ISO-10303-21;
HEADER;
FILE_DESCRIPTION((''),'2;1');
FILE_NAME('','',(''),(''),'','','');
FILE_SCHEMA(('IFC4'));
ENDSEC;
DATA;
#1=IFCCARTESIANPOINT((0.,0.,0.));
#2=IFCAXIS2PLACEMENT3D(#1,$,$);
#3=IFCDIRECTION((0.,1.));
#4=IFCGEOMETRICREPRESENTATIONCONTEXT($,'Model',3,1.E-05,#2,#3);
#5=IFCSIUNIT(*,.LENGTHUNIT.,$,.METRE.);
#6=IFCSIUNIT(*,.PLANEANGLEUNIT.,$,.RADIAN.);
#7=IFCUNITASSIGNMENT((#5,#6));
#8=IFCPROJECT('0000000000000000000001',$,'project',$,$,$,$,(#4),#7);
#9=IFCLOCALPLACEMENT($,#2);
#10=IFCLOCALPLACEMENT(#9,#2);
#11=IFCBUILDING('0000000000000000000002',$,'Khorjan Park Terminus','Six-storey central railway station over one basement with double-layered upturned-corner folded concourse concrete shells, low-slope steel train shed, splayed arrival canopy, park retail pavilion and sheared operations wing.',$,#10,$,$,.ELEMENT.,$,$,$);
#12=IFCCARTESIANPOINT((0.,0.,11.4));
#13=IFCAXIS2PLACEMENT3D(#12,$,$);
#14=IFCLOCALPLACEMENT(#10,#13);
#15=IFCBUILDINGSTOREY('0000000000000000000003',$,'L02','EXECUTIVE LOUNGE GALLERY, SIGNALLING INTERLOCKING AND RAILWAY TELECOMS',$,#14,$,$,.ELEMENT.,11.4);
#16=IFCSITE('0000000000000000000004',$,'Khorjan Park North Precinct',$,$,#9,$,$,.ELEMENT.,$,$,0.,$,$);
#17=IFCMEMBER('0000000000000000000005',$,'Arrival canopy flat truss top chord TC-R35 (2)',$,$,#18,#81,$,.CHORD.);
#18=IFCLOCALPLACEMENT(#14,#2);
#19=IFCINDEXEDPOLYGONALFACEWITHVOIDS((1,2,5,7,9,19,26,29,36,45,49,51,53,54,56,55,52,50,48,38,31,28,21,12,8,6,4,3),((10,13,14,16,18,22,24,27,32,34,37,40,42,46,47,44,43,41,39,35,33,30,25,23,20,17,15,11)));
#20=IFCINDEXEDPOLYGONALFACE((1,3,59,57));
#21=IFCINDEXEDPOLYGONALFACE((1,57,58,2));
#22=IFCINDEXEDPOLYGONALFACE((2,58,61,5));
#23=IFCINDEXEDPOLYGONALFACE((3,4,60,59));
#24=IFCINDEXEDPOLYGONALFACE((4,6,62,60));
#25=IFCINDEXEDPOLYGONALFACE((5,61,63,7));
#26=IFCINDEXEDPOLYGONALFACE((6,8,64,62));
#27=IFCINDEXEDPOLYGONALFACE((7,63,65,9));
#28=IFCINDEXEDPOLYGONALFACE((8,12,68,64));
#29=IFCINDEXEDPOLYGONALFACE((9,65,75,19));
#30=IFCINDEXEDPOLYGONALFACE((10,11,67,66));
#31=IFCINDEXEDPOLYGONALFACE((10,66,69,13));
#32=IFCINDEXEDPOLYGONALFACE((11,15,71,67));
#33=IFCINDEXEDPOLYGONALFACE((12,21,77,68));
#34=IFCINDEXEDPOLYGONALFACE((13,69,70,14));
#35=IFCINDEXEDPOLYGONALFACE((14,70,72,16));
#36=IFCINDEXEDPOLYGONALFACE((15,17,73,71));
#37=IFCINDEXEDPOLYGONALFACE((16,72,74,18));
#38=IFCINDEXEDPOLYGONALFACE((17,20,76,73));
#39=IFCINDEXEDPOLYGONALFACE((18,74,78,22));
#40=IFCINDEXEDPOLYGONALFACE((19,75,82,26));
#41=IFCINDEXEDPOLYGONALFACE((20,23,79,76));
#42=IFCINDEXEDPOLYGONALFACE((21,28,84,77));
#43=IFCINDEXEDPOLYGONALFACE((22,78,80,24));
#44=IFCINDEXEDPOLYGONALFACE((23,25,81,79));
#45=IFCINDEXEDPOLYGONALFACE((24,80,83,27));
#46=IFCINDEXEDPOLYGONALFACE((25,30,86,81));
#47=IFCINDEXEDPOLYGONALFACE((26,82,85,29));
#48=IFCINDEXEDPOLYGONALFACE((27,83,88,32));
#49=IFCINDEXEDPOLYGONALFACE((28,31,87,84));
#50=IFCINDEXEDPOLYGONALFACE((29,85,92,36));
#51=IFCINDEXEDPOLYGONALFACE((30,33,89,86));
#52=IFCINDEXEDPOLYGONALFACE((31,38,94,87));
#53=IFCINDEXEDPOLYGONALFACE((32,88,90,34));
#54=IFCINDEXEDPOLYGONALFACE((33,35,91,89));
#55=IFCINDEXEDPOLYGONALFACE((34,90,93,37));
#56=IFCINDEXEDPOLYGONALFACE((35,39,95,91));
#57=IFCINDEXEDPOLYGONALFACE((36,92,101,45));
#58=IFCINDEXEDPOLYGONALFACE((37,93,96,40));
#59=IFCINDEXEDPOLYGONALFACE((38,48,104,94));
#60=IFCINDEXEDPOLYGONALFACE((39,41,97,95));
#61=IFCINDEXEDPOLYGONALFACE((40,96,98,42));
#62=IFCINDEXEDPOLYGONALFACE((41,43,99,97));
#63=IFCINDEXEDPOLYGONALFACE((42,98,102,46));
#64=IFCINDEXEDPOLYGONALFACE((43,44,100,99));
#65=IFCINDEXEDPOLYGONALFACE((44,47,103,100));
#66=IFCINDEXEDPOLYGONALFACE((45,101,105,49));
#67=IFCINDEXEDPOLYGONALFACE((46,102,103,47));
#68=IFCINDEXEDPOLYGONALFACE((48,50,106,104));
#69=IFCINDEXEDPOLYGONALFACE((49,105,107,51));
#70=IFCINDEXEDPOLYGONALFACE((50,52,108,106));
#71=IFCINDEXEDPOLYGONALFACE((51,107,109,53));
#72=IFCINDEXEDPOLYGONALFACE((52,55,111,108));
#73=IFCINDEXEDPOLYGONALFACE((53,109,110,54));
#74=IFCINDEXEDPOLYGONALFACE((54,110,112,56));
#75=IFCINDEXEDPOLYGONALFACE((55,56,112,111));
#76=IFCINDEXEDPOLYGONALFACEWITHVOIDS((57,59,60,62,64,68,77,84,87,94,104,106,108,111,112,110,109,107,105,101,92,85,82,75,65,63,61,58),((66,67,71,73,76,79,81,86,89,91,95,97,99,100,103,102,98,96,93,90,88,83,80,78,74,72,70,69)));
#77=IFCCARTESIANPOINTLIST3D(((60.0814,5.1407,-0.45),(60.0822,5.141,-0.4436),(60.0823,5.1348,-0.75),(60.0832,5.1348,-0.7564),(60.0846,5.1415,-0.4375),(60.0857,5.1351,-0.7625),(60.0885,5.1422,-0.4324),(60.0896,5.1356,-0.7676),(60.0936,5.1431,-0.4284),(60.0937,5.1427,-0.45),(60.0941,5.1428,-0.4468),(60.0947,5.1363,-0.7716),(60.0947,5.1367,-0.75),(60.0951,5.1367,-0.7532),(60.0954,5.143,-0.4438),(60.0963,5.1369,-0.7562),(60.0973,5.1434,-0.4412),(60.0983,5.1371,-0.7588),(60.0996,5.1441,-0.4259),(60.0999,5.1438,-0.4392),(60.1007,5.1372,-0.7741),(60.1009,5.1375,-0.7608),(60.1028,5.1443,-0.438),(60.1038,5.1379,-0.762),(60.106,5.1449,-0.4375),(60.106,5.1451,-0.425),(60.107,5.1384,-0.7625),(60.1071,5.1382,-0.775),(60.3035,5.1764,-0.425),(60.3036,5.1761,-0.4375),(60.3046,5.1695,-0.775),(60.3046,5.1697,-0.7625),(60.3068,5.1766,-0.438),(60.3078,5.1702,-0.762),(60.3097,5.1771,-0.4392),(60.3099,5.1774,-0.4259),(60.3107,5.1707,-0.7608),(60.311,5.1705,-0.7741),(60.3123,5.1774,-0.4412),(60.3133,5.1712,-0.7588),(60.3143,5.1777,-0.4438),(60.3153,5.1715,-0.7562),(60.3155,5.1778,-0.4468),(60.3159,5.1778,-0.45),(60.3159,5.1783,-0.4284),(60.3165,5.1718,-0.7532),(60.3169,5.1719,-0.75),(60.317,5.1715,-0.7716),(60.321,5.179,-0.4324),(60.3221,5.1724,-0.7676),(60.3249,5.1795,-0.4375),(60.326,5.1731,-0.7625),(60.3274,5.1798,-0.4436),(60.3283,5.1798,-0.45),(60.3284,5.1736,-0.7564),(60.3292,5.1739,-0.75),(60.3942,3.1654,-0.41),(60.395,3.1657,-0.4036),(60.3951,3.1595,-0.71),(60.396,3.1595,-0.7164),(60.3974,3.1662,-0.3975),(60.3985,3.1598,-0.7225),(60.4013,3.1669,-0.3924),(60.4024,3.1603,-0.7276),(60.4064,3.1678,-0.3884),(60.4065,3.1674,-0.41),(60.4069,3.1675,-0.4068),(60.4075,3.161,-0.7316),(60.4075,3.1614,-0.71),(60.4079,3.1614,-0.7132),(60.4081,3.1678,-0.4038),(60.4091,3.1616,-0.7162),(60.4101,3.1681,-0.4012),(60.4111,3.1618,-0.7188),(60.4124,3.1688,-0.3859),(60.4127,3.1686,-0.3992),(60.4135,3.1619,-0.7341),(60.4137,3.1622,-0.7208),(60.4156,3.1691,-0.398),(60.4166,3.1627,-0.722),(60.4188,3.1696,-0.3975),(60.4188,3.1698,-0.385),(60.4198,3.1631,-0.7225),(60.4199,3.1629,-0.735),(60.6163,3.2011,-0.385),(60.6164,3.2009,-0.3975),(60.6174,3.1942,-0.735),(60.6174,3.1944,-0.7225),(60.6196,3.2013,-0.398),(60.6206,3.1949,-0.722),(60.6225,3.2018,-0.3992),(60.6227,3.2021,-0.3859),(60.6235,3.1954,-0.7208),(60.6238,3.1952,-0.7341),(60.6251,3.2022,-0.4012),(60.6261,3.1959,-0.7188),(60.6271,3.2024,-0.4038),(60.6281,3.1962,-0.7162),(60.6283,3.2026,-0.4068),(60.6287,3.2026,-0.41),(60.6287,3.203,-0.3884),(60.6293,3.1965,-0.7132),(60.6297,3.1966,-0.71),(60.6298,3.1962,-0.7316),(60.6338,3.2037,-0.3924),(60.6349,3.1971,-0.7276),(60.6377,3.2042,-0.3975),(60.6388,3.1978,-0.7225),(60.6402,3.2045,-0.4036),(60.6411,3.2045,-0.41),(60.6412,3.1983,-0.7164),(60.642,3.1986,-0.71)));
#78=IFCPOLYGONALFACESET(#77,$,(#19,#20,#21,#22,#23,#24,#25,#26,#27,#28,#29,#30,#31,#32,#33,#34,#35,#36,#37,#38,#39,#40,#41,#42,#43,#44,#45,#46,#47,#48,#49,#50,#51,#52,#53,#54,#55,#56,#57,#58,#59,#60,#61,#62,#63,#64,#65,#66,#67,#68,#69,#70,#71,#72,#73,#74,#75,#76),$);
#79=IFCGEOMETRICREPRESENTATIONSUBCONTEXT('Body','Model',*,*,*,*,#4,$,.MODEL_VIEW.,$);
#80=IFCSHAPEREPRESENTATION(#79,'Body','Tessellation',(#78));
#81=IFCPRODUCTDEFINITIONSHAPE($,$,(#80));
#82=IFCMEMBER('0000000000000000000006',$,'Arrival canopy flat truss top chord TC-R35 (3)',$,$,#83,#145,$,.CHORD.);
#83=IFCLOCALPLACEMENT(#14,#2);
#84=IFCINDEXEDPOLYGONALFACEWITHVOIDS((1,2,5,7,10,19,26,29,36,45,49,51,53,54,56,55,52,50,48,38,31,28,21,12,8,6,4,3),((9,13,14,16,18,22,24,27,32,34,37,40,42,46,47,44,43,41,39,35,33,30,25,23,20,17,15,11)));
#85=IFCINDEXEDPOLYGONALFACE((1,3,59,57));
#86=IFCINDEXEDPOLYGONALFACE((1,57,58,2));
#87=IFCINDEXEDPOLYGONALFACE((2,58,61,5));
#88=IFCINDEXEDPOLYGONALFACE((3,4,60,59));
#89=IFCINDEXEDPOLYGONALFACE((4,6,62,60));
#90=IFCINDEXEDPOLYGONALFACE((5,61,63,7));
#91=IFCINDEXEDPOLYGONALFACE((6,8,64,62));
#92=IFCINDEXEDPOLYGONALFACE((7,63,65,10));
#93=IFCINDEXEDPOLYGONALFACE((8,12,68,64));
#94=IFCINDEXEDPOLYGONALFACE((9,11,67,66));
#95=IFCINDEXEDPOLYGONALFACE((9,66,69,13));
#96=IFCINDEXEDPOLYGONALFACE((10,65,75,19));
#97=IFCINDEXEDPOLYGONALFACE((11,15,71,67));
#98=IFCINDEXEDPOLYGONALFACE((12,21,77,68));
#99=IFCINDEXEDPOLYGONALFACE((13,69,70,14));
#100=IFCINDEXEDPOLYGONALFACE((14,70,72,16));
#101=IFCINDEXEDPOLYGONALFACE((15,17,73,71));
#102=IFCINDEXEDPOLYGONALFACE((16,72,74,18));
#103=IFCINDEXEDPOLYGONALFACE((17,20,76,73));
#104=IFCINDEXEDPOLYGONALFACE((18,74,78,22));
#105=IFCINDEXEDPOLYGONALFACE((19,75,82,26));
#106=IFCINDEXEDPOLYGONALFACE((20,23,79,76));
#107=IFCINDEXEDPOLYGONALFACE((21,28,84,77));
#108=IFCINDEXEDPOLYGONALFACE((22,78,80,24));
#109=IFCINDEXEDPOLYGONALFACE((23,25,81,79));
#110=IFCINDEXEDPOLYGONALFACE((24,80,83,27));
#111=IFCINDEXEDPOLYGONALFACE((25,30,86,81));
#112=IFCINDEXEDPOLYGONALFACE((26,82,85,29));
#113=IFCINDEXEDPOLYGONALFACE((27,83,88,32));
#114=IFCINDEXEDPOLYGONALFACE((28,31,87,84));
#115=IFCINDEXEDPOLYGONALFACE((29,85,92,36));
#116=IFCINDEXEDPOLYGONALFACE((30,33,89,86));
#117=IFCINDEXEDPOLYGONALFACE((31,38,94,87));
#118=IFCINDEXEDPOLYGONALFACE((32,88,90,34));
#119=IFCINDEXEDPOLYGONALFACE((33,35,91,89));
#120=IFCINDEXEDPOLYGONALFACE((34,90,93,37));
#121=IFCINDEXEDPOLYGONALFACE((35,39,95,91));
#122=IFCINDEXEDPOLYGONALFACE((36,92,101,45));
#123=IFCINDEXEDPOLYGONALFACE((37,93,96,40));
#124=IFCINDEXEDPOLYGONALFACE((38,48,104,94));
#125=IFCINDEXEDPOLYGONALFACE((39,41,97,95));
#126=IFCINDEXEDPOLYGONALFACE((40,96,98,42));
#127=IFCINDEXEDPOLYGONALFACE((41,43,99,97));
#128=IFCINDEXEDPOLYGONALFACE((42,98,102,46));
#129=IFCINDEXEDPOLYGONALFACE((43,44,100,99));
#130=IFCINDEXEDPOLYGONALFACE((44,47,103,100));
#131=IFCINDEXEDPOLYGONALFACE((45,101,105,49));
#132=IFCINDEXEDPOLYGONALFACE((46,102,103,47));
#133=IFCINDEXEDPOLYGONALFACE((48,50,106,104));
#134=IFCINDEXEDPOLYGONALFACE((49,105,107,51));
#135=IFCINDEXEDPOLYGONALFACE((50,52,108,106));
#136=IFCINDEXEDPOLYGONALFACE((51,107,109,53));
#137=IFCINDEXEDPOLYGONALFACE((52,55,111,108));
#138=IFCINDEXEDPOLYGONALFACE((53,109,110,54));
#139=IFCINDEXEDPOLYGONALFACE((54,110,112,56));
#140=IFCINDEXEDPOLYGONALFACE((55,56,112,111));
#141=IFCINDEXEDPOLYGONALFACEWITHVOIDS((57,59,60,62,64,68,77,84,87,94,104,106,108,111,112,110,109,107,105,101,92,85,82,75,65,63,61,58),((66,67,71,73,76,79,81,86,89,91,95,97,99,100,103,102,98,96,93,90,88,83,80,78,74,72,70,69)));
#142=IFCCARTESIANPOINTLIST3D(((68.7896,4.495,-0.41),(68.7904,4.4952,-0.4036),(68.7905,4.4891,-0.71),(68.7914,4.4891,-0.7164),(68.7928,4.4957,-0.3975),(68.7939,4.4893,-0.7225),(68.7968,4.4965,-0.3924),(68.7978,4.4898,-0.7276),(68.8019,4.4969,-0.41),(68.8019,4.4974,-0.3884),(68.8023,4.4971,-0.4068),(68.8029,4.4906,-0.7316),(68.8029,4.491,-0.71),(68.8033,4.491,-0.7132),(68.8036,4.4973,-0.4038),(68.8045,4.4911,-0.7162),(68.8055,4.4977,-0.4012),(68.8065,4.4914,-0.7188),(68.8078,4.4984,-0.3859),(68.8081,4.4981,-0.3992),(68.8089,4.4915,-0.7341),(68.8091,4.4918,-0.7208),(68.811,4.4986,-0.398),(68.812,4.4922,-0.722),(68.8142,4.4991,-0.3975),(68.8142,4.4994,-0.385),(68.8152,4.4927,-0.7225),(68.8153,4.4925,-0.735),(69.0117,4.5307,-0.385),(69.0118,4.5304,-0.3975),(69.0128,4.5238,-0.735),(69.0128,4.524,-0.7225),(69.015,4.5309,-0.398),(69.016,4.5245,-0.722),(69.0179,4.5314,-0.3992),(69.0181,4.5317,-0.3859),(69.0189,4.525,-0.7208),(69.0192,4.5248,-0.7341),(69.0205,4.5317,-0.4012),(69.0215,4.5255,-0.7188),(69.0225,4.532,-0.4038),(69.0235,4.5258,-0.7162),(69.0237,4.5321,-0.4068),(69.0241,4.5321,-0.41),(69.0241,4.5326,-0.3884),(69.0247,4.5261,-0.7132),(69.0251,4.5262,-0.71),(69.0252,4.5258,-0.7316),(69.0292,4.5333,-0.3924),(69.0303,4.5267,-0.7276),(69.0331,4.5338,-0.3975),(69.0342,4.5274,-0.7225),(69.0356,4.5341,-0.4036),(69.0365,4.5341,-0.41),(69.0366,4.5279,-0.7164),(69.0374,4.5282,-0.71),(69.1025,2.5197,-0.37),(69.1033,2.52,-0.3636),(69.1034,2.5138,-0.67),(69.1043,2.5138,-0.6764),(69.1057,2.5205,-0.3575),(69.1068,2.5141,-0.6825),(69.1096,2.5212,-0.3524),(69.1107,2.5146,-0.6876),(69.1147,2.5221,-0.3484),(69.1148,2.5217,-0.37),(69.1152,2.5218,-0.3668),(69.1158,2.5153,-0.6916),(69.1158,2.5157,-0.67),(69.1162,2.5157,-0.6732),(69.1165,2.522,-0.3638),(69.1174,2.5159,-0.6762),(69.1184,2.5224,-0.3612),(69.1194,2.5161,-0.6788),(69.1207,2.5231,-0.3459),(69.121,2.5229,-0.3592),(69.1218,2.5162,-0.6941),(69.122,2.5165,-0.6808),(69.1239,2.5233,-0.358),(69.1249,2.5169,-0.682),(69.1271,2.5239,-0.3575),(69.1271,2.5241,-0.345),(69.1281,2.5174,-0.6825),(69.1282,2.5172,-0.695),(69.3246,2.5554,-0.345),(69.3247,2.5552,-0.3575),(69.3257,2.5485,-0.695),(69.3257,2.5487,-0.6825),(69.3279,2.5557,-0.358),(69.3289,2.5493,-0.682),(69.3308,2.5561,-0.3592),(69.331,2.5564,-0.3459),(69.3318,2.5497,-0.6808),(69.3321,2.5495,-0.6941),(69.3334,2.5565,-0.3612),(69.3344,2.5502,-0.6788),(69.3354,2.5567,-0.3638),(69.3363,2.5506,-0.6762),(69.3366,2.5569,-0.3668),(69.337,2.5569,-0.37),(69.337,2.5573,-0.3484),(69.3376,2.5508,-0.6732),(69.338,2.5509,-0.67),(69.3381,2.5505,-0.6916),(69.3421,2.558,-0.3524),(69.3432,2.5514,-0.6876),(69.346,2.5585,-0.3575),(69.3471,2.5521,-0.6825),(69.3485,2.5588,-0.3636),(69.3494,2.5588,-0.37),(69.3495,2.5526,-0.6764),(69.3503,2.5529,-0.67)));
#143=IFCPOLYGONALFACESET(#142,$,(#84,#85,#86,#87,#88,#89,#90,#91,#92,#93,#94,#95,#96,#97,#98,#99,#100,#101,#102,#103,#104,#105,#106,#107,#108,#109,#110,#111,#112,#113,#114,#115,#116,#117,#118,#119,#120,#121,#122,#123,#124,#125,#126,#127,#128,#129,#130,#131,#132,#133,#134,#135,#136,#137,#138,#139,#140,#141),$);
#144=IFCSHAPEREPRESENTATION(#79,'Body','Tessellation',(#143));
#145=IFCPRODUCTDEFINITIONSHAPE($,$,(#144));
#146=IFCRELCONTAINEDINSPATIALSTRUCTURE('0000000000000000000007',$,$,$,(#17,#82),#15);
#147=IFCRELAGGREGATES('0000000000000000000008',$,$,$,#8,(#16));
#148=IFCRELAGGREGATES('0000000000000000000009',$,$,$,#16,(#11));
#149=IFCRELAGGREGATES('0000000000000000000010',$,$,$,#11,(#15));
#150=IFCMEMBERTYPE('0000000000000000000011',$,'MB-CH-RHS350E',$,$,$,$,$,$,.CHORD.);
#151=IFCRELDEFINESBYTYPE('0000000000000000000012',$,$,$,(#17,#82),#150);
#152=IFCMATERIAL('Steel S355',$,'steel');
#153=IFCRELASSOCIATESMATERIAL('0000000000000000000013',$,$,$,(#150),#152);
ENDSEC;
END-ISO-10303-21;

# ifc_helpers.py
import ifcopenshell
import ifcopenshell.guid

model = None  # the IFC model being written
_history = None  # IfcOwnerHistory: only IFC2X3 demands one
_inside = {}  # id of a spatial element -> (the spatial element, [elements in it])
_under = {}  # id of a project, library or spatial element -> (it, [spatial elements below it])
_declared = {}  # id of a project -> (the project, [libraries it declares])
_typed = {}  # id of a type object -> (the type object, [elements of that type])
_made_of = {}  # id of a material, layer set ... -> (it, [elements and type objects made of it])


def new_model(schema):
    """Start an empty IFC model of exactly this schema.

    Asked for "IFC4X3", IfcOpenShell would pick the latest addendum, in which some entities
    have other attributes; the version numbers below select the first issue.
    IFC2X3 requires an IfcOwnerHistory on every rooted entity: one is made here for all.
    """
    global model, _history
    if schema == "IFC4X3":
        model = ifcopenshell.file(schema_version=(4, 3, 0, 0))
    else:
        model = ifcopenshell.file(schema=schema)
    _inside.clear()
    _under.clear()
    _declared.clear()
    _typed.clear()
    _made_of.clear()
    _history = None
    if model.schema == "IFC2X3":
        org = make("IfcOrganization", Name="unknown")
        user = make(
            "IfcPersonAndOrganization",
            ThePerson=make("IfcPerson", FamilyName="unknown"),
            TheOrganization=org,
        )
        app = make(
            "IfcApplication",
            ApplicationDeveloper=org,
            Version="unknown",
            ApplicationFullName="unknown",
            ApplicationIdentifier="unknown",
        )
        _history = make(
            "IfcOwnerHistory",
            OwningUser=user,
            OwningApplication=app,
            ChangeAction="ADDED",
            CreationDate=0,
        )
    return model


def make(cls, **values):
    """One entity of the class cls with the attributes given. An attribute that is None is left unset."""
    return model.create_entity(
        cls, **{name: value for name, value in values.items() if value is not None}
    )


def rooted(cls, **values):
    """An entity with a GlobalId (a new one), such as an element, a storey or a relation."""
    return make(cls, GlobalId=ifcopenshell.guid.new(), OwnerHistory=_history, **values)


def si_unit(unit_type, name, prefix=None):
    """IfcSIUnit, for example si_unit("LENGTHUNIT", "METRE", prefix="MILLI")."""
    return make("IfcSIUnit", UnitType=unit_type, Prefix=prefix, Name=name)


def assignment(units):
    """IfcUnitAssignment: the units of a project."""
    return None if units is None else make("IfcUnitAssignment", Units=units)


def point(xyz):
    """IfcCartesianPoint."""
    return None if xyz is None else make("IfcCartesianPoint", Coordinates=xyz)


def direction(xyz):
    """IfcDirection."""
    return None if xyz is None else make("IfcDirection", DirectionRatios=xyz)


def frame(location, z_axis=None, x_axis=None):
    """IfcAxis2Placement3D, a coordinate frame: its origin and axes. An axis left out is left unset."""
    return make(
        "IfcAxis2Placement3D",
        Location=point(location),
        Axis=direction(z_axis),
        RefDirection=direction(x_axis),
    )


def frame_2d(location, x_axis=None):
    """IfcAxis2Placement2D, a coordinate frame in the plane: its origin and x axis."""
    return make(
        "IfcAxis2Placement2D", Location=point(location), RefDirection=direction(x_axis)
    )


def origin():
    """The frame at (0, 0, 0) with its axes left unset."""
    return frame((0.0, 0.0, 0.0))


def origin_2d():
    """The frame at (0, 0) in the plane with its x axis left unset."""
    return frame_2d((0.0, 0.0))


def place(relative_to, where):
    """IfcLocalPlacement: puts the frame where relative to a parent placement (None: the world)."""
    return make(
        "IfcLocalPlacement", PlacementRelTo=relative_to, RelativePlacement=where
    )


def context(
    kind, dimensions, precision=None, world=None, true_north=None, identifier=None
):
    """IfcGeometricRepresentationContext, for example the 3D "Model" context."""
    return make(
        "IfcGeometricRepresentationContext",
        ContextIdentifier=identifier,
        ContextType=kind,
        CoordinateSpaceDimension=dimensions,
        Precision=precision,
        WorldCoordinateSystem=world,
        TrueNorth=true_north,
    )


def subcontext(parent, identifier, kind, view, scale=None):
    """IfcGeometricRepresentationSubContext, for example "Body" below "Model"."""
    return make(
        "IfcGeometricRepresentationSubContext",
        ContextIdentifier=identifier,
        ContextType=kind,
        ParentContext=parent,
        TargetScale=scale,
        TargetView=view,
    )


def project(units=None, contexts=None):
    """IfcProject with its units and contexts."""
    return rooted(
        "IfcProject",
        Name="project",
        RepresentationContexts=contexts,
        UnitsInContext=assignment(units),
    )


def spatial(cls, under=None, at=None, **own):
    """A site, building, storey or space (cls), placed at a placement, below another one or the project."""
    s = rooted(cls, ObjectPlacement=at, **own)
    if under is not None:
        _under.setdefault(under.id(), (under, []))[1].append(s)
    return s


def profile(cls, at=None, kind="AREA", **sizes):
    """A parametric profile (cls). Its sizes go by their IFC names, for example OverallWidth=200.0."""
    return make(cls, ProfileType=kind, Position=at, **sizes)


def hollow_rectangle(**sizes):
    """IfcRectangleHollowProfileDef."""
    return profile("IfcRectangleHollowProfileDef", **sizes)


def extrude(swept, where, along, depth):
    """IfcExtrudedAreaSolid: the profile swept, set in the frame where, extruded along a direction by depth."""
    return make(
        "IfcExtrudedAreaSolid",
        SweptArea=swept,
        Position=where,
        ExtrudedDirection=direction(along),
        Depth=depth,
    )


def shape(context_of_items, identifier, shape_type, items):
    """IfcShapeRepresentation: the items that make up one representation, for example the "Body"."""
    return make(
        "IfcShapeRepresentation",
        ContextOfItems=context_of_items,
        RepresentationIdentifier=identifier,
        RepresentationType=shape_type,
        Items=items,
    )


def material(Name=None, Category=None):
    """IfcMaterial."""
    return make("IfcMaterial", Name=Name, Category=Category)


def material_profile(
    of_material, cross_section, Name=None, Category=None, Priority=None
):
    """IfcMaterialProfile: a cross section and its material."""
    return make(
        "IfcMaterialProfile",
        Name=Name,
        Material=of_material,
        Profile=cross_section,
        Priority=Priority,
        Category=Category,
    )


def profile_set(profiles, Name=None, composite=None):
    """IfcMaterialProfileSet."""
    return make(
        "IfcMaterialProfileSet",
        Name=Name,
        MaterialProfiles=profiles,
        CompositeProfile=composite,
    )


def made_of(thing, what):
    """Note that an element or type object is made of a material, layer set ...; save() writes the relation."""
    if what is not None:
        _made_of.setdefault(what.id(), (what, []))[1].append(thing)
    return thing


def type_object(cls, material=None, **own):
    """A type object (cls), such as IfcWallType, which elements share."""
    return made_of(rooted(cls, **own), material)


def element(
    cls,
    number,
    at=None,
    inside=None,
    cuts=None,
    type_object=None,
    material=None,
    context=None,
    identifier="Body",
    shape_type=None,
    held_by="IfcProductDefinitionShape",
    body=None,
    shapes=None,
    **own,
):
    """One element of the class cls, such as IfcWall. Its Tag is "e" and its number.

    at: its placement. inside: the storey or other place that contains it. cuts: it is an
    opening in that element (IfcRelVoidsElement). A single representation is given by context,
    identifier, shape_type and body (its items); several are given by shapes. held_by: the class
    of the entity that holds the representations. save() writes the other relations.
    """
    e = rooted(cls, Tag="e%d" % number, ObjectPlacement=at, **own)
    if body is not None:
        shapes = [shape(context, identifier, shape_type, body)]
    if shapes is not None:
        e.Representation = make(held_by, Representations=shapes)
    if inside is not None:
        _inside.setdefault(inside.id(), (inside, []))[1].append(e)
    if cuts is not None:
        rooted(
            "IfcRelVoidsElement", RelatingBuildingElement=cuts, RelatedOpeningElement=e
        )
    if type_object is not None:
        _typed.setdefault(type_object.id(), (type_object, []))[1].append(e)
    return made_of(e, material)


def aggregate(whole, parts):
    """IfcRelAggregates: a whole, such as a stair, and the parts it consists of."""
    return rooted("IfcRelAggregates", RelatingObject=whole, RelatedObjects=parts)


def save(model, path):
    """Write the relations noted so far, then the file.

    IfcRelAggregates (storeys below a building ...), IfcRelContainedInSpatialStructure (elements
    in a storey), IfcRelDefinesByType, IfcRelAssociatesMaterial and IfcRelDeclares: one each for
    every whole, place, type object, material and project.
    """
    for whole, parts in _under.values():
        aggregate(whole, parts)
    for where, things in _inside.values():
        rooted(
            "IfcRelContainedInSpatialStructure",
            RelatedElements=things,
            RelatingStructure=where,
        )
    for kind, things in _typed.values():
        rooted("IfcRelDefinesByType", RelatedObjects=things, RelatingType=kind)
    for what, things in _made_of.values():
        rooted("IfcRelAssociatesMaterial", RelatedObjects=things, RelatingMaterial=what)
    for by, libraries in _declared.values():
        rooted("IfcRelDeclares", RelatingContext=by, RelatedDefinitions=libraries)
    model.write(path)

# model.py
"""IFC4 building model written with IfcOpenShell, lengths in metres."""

from ifc_helpers import new_model, si_unit, direction, frame, origin, origin_2d, place, context, subcontext, project, spatial, hollow_rectangle, extrude, material, material_profile, profile_set, type_object, element, save


model = new_model("IFC4")

# Units and contexts
model_context = context("Model", 3, precision=1e-05, world=origin(), true_north=direction((0.0, 1.0)))
body_context = subcontext(model_context, "Body", "Model", "MODEL_VIEW")
ifc_project = project(units=[si_unit("LENGTHUNIT", "METRE"), si_unit("PLANEANGLEUNIT", "RADIAN")], contexts=[model_context])

# Site, building, storey
site_placement = place(None, origin())
site = spatial("IfcSite", under=ifc_project, at=site_placement, Name="Khorjan Park North Precinct", CompositionType="ELEMENT", RefElevation=0.0)
building_placement = place(site_placement, origin())
building = spatial("IfcBuilding", under=site, at=building_placement, Name="Khorjan Park Terminus", Description="Six-storey central railway station over one basement with double-layered upturned-corner folded concourse concrete shells, low-slope steel train shed, splayed arrival canopy, park retail pavilion and sheared operations wing.", CompositionType="ELEMENT")
storey_placement = place(building_placement, frame((0.0, 0.0, 11.4)))
storey = spatial("IfcBuildingStorey", under=building, at=storey_placement, Name="L02", Description="EXECUTIVE LOUNGE GALLERY, SIGNALLING INTERLOCKING AND RAILWAY TELECOMS", CompositionType="ELEMENT", Elevation=11.4)

# Members
ifc_material_1 = material(Name="Steel S355", Category="steel")
ifc_material_profile_1 = material_profile(ifc_material_1, hollow_rectangle(XDim=0.25, YDim=0.35, WallThickness=0.0125, InnerFilletRadius=0.0125, OuterFilletRadius=0.025, at=origin_2d()), Name="RHS 350x250x12.5")
ifc_profile_set_1 = profile_set([ifc_material_profile_1], Name="Steel S355")
member_type_1 = type_object("IfcMemberType", Name="MB-CH-RHS350E", PredefinedType="CHORD", material=ifc_profile_set_1)
for number, where, z_axis, x_axis, name in (
    (1, (60.5181, 3.182, -0.56), (-0.156375, 0.987495, -0.019997), (-0.987693, -0.156407, 0.0), "Arrival canopy flat truss top chord TC-R35 (2)"),
    (2, (69.2264, 2.5363, -0.52), (-0.156424, 0.987488, -0.019997), (-0.987685, -0.156456, 0.0), "Arrival canopy flat truss top chord TC-R35 (3)"),
):
    element("IfcMember", number, at=place(storey_placement, frame(where, z_axis=z_axis, x_axis=x_axis)), inside=storey, type_object=member_type_1, Name=name, PredefinedType="CHORD", context=body_context, shape_type="SweptSolid", body=[
        extrude(hollow_rectangle(XDim=0.25, YDim=0.35, WallThickness=0.0125, InnerFilletRadius=0.0125, OuterFilletRadius=0.025, at=origin_2d()), origin(), (0.0, 0.0, 1.0), 2.0003),
    ])

save(model, "model.ifc")
